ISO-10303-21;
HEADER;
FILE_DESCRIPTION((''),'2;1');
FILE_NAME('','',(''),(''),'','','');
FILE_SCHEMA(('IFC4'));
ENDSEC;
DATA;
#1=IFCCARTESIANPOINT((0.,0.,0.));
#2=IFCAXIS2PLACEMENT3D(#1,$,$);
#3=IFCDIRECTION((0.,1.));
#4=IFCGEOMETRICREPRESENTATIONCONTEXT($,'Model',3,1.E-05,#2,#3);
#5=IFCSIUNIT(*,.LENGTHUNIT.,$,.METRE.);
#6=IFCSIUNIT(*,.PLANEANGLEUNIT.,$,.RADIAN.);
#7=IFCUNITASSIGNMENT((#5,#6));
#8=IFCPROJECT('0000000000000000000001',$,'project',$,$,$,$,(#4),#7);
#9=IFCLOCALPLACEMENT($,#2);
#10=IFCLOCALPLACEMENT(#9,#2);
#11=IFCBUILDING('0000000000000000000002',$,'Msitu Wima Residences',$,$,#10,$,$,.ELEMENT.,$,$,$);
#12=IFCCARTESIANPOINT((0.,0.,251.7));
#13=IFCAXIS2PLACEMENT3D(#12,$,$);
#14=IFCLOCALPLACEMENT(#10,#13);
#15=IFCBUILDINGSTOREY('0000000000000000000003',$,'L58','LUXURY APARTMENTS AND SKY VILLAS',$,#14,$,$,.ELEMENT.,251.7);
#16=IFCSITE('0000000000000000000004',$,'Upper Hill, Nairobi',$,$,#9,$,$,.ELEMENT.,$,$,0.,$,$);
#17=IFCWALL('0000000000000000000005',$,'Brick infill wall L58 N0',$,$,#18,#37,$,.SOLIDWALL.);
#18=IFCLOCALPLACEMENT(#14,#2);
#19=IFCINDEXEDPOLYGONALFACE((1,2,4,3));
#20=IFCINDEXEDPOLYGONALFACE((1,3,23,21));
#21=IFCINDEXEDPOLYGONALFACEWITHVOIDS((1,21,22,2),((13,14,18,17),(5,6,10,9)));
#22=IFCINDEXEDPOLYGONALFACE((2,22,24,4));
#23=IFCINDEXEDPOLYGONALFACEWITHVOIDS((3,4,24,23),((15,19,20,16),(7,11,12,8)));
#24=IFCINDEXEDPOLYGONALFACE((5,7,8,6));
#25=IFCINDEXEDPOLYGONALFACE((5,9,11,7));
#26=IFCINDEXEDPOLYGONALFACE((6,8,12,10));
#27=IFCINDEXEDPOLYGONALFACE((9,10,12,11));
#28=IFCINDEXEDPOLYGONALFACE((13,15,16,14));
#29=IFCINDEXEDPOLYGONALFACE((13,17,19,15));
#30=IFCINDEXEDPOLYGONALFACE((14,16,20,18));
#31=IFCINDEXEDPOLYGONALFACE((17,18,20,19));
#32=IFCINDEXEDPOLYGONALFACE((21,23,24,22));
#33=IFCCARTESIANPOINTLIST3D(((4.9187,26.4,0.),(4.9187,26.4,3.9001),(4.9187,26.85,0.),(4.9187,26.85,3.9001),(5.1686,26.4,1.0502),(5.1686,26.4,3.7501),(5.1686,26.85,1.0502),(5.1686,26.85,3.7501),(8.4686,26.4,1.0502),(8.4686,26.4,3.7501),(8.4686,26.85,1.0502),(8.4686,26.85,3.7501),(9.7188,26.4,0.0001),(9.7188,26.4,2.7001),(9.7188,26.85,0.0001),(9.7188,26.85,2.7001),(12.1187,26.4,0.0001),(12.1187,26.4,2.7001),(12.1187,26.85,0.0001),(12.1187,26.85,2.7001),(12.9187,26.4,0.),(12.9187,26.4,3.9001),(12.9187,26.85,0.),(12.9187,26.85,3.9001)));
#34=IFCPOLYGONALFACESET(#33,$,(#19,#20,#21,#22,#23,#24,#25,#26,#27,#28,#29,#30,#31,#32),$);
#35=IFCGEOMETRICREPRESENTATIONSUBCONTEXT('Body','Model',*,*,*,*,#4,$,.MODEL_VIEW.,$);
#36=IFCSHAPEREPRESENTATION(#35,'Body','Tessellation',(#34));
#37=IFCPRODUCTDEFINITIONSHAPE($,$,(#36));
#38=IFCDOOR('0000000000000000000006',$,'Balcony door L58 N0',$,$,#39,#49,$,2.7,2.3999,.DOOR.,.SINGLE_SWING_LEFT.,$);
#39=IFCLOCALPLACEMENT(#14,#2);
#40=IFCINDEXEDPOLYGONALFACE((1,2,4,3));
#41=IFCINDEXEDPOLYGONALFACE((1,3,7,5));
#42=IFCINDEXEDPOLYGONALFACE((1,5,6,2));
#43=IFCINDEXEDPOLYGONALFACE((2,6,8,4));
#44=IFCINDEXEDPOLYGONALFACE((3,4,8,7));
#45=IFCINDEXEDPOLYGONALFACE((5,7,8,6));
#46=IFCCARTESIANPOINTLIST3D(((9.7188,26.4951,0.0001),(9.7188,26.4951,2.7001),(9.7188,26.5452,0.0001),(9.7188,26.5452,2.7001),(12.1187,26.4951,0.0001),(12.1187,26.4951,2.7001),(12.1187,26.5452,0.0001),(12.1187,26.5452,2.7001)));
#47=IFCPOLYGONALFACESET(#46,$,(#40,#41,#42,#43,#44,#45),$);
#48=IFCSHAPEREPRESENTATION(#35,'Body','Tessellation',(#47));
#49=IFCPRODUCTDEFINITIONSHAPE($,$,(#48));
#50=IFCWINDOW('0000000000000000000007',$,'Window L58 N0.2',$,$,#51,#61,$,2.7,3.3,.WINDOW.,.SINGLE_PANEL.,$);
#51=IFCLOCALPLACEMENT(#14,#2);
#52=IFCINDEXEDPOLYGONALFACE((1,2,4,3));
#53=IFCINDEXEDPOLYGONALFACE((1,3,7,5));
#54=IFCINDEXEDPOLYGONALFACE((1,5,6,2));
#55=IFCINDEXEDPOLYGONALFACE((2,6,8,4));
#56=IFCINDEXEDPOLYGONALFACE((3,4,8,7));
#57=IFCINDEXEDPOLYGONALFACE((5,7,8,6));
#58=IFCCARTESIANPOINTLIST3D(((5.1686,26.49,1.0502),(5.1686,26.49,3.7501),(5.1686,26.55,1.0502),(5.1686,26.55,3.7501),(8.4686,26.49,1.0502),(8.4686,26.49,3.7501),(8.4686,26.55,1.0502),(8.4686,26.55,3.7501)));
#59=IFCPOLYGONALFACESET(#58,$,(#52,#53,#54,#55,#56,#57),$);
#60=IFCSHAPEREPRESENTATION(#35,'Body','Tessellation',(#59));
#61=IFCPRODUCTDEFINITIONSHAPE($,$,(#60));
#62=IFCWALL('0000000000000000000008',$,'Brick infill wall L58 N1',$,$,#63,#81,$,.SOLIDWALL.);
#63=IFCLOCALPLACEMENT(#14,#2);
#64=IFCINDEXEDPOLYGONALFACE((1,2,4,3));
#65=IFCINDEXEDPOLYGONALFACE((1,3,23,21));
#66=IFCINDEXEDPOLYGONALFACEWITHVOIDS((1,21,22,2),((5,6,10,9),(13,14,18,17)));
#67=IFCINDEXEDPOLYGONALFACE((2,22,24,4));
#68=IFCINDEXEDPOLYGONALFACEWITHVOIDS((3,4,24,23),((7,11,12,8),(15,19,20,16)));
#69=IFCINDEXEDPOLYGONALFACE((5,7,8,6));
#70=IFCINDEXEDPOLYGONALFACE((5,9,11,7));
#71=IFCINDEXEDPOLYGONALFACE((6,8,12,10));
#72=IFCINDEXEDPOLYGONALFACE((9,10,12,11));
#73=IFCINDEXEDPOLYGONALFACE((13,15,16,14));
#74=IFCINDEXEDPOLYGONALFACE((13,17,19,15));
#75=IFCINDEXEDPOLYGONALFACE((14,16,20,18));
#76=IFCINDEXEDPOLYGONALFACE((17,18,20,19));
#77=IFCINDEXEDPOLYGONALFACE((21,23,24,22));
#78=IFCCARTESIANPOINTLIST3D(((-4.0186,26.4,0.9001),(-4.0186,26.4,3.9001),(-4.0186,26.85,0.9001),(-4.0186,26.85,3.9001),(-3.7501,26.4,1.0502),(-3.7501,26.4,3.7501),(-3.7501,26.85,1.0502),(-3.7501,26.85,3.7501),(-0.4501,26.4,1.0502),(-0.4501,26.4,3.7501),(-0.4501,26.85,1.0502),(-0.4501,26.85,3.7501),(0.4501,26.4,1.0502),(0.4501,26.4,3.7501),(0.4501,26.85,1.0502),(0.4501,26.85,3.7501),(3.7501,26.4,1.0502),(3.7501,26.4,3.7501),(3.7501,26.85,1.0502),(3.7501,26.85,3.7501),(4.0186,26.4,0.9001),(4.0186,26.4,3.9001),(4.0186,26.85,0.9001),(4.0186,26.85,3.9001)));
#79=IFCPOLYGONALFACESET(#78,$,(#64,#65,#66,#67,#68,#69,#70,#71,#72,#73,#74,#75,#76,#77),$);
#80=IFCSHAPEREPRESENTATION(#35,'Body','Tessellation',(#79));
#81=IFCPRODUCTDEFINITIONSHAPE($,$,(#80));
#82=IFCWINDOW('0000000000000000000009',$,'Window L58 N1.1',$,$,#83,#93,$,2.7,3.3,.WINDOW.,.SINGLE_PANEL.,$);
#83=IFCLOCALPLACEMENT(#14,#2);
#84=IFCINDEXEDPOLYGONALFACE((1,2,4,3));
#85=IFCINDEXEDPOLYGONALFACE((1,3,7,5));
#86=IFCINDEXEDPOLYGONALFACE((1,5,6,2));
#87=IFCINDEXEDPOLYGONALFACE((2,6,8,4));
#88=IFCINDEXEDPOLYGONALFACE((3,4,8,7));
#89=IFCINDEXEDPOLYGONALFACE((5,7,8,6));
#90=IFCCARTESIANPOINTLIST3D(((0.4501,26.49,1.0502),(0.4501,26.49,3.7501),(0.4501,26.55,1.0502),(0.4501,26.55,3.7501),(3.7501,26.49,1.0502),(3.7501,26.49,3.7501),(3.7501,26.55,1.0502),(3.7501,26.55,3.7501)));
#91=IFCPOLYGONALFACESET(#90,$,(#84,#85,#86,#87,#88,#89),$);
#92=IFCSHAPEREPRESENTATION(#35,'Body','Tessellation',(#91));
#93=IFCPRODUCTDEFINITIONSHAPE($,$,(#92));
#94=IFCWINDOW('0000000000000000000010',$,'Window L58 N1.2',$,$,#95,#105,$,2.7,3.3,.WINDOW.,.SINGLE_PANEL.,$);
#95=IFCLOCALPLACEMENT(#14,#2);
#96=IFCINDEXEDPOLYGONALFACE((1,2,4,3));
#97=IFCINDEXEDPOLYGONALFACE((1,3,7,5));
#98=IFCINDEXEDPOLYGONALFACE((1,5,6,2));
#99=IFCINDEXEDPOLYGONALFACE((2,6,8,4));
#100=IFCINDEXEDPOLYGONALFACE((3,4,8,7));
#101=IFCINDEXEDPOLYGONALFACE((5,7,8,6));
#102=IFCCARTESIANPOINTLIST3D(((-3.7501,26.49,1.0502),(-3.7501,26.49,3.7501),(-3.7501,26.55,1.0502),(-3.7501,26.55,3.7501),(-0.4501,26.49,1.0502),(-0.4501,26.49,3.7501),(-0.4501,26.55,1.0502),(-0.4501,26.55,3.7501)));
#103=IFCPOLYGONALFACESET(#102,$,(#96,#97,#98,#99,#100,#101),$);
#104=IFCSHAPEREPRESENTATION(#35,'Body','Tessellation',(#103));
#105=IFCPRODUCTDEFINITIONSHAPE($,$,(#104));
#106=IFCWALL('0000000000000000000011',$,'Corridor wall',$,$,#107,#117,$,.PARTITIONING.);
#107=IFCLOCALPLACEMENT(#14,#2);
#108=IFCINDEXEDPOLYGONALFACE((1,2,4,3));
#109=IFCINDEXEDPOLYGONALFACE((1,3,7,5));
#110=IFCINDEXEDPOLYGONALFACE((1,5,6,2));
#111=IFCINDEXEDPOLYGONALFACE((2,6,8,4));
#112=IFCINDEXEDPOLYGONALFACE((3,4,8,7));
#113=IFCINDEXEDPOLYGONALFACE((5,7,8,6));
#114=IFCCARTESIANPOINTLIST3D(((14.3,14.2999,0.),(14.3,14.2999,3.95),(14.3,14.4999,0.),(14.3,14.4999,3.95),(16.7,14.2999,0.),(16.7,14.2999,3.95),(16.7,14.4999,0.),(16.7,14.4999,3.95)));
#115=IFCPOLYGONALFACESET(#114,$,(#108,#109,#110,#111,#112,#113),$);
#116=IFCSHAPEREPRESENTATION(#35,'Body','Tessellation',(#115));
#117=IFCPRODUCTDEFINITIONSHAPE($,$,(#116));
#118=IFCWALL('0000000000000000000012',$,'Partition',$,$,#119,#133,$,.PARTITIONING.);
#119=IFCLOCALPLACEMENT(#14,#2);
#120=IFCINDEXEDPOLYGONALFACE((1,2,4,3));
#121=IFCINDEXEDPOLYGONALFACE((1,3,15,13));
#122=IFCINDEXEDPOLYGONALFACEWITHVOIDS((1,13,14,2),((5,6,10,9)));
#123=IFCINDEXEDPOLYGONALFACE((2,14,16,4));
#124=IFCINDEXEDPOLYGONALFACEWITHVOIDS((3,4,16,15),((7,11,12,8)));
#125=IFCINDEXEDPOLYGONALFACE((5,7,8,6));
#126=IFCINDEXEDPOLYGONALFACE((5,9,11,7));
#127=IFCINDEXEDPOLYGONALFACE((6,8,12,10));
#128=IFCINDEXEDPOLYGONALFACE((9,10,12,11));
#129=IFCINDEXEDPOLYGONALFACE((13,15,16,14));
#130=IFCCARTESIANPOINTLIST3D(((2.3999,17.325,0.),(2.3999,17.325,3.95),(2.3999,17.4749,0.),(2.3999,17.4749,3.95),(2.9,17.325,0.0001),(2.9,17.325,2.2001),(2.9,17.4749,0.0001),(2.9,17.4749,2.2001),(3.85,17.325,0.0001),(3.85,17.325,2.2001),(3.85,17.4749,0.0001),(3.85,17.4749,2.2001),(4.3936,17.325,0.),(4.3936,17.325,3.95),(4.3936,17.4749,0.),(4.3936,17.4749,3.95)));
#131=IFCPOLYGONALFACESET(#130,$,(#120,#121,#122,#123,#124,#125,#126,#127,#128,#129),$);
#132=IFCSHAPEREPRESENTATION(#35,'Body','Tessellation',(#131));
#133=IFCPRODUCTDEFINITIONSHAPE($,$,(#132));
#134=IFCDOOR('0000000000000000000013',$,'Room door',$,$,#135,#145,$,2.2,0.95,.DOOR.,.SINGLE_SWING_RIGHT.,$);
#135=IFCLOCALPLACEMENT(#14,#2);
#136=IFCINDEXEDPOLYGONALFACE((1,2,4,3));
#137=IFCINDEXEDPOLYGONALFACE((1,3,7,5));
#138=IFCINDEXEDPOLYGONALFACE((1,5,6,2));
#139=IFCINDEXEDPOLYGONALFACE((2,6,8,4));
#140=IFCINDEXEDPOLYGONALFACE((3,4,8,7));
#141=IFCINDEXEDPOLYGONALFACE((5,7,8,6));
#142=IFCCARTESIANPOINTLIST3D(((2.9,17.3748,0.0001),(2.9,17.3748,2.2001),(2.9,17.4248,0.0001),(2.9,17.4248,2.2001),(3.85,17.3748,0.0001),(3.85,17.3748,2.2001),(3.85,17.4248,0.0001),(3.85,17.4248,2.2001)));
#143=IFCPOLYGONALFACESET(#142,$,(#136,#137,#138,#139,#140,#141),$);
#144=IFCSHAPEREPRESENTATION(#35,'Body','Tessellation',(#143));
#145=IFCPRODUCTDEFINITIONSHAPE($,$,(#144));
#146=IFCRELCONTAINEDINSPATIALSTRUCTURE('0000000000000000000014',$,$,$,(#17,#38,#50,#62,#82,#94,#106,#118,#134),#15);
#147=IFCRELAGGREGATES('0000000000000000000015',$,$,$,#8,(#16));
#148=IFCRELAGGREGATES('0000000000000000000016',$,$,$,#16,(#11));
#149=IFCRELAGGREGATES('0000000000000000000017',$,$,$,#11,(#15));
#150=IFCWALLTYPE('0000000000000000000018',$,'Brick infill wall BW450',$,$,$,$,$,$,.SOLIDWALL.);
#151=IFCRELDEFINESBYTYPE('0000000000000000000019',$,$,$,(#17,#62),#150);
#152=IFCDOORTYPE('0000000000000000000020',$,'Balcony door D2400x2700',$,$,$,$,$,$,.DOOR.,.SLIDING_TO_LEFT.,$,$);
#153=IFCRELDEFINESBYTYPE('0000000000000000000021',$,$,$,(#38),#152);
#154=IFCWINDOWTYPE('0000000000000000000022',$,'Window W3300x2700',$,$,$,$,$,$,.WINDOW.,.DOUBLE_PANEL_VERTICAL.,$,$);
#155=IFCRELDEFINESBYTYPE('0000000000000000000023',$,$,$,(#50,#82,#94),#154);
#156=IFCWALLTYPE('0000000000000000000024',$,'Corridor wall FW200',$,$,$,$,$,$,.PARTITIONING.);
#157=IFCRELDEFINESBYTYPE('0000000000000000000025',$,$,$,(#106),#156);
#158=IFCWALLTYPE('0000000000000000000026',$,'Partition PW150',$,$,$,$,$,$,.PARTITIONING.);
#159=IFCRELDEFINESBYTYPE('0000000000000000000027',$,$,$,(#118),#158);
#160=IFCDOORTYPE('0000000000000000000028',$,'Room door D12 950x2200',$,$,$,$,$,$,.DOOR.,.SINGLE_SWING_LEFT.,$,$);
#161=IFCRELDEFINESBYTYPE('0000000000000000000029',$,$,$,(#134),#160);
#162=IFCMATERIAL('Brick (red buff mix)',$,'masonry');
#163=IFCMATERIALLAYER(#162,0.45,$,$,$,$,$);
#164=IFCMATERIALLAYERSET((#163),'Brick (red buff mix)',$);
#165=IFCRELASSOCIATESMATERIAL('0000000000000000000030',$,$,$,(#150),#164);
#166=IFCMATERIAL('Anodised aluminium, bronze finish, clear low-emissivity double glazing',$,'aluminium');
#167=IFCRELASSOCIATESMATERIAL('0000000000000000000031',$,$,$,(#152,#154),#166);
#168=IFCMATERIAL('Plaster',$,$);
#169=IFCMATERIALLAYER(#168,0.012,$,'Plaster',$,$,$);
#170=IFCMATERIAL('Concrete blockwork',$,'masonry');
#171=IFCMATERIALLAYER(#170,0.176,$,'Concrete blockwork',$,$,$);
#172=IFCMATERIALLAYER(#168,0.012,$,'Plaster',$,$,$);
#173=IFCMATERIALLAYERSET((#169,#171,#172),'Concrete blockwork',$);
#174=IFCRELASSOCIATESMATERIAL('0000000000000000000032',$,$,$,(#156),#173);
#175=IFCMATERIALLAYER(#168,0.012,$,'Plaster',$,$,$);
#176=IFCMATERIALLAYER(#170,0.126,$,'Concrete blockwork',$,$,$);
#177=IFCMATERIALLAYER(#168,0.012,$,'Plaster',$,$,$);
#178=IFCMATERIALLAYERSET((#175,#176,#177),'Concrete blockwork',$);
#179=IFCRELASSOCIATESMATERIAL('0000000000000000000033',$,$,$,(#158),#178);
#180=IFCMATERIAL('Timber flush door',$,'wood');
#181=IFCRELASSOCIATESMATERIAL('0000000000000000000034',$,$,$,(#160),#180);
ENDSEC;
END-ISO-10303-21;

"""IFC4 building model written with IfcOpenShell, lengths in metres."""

from ifc_helpers import new_model, si_unit, direction, frame, frame_2d, origin, place, context, subcontext, project, spatial, rectangle, extrude, material, layer, layer_set, type_object, element, fill, save


model = new_model("IFC4")

# Units and contexts
model_context = context("Model", 3, precision=1e-05, world=origin(), true_north=direction((0.0, 1.0)))
body_context = subcontext(model_context, "Body", "Model", "MODEL_VIEW")
ifc_project = project(units=[si_unit("LENGTHUNIT", "METRE"), si_unit("PLANEANGLEUNIT", "RADIAN")], contexts=[model_context])

# Site, building, storey
site_placement = place(None, origin())
site = spatial("IfcSite", under=ifc_project, at=site_placement, Name="Upper Hill, Nairobi", CompositionType="ELEMENT", RefElevation=0.0)
building_placement = place(site_placement, origin())
building = spatial("IfcBuilding", under=site, at=building_placement, Name="Msitu Wima Residences", CompositionType="ELEMENT")
storey_placement = place(building_placement, frame((0.0, 0.0, 251.7)))
storey = spatial("IfcBuildingStorey", under=building, at=storey_placement, Name="L58", Description="LUXURY APARTMENTS AND SKY VILLAS", CompositionType="ELEMENT", Elevation=251.7)

# Wall, openings, door, window
ifc_material_1 = material(Name="Brick (red buff mix)", Category="masonry")
ifc_layer_1 = layer(ifc_material_1, 0.45)
ifc_layer_set_1 = layer_set([ifc_layer_1], Name="Brick (red buff mix)")
wall_type_1 = type_object("IfcWallType", Name="Brick infill wall BW450", PredefinedType="SOLIDWALL", material=ifc_layer_set_1)
wall_1_placement = place(storey_placement, frame((12.9187, 26.625, 0.0), z_axis=(0.0, 0.0, 1.0), x_axis=(-1.0, 0.0, 0.0)))
wall_1 = element("IfcWall", 1, at=wall_1_placement, inside=storey, type_object=wall_type_1, Name="Brick infill wall L58 N0", PredefinedType="SOLIDWALL", context=body_context, shape_type="SweptSolid", body=[
    extrude(rectangle(XDim=8.0, YDim=0.45, at=frame_2d((4.0, 0.0))), origin(), (0.0, 0.0, 1.0), 3.9001),
])
opening_1_placement = place(wall_1_placement, frame((0.8, 0.0, 0.0)))
opening_1 = element("IfcOpeningElement", 2, at=opening_1_placement, cuts=wall_1, PredefinedType="OPENING", context=body_context, shape_type="SweptSolid", body=[
    extrude(rectangle(XDim=2.3999, YDim=2.7, at=frame_2d((1.2, 1.3501))), frame((0.0, 0.2349, 0.0), z_axis=(0.0, -1.0, 0.0), x_axis=(1.0, 0.0, 0.0)), (0.0, 0.0, 1.0), 0.47),
])
opening_2_placement = place(wall_1_placement, frame((4.4502, 0.0, 1.05)))
opening_2 = element("IfcOpeningElement", 3, at=opening_2_placement, cuts=wall_1, PredefinedType="OPENING", context=body_context, shape_type="SweptSolid", body=[
    extrude(rectangle(XDim=3.3, YDim=2.7, at=frame_2d((1.6499, 1.3501))), frame((0.0, 0.2349, 0.0), z_axis=(0.0, -1.0, 0.0), x_axis=(1.0, 0.0, 0.0)), (0.0, 0.0, 1.0), 0.47),
])
ifc_material_2 = material(Name="Anodised aluminium, bronze finish, clear low-emissivity double glazing", Category="aluminium")
door_type_1 = type_object("IfcDoorType", Name="Balcony door D2400x2700", OperationType="SLIDING_TO_LEFT", PredefinedType="DOOR", material=ifc_material_2)
door_1_placement = place(opening_1_placement, origin())
door_1 = element("IfcDoor", 4, at=door_1_placement, inside=storey, type_object=door_type_1, Name="Balcony door L58 N0", OperationType="SINGLE_SWING_LEFT", OverallHeight=2.7, OverallWidth=2.3999, PredefinedType="DOOR", context=body_context, shape_type="SweptSolid", body=[
    extrude(rectangle(XDim=2.3999, YDim=2.7, at=frame_2d((1.2, 1.3501))), frame((0.0, 0.1299, 0.0), z_axis=(0.0, -1.0, 0.0), x_axis=(1.0, 0.0, 0.0)), (0.0, 0.0, 1.0), 0.05),
])
fill(opening_1, door_1)
window_type = type_object("IfcWindowType", Name="Window W3300x2700", PartitioningType="DOUBLE_PANEL_VERTICAL", PredefinedType="WINDOW", material=ifc_material_2)
window_1_placement = place(opening_2_placement, origin())
window_1 = element("IfcWindow", 5, at=window_1_placement, inside=storey, type_object=window_type, Name="Window L58 N0.2", OverallHeight=2.7, OverallWidth=3.3, PartitioningType="SINGLE_PANEL", PredefinedType="WINDOW", context=body_context, shape_type="SweptSolid", body=[
    extrude(rectangle(XDim=3.3, YDim=2.7, at=frame_2d((1.6499, 1.3501))), frame((0.0, 0.135, 0.0), z_axis=(0.0, -1.0, 0.0), x_axis=(1.0, 0.0, 0.0)), (0.0, 0.0, 1.0), 0.0601),
])
fill(opening_2, window_1)

# Wall, openings, windows
wall_2_placement = place(storey_placement, frame((4.0186, 26.625, 0.9001), z_axis=(0.0, 0.0, 1.0), x_axis=(-1.0, 0.0, 0.0)))
wall_2 = element("IfcWall", 6, at=wall_2_placement, inside=storey, type_object=wall_type_1, Name="Brick infill wall L58 N1", PredefinedType="SOLIDWALL", context=body_context, shape_type="SweptSolid", body=[
    extrude(rectangle(XDim=8.0371, YDim=0.45, at=frame_2d((4.0186, 0.0))), origin(), (0.0, 0.0, 1.0), 3.0),
])
opening_3_placement = place(wall_2_placement, frame((0.2686, 0.0, 0.1499)))
opening_3 = element("IfcOpeningElement", 7, at=opening_3_placement, cuts=wall_2, PredefinedType="OPENING", context=body_context, shape_type="SweptSolid", body=[
    extrude(rectangle(XDim=3.3, YDim=2.7, at=frame_2d((1.6499, 1.3501))), frame((0.0, 0.2349, 0.0), z_axis=(0.0, -1.0, 0.0), x_axis=(1.0, 0.0, 0.0)), (0.0, 0.0, 1.0), 0.47),
])
opening_4_placement = place(wall_2_placement, frame((4.4688, 0.0, 0.1499)))
opening_4 = element("IfcOpeningElement", 8, at=opening_4_placement, cuts=wall_2, PredefinedType="OPENING", context=body_context, shape_type="SweptSolid", body=[
    extrude(rectangle(XDim=3.3, YDim=2.7, at=frame_2d((1.6499, 1.3501))), frame((0.0, 0.2349, 0.0), z_axis=(0.0, -1.0, 0.0), x_axis=(1.0, 0.0, 0.0)), (0.0, 0.0, 1.0), 0.47),
])
window_2_placement = place(opening_3_placement, origin())
window_2 = element("IfcWindow", 9, at=window_2_placement, inside=storey, type_object=window_type, Name="Window L58 N1.1", OverallHeight=2.7, OverallWidth=3.3, PartitioningType="SINGLE_PANEL", PredefinedType="WINDOW", context=body_context, shape_type="SweptSolid", body=[
    extrude(rectangle(XDim=3.3, YDim=2.7, at=frame_2d((1.6499, 1.3501))), frame((0.0, 0.135, 0.0), z_axis=(0.0, -1.0, 0.0), x_axis=(1.0, 0.0, 0.0)), (0.0, 0.0, 1.0), 0.0601),
])
fill(opening_3, window_2)
window_3_placement = place(opening_4_placement, origin())
window_3 = element("IfcWindow", 10, at=window_3_placement, inside=storey, type_object=window_type, Name="Window L58 N1.2", OverallHeight=2.7, OverallWidth=3.3, PartitioningType="SINGLE_PANEL", PredefinedType="WINDOW", context=body_context, shape_type="SweptSolid", body=[
    extrude(rectangle(XDim=3.3, YDim=2.7, at=frame_2d((1.6499, 1.3501))), frame((0.0, 0.135, 0.0), z_axis=(0.0, -1.0, 0.0), x_axis=(1.0, 0.0, 0.0)), (0.0, 0.0, 1.0), 0.0601),
])
fill(opening_4, window_3)

# Wall
ifc_material_3 = material(Name="Plaster")
ifc_layer_2 = layer(ifc_material_3, 0.012, Name="Plaster")
ifc_material_4 = material(Name="Concrete blockwork", Category="masonry")
ifc_layer_3 = layer(ifc_material_4, 0.176, Name="Concrete blockwork")
ifc_layer_4 = layer(ifc_material_3, 0.012, Name="Plaster")
ifc_layer_set_2 = layer_set([ifc_layer_2, ifc_layer_3, ifc_layer_4], Name="Concrete blockwork")
wall_type_2 = type_object("IfcWallType", Name="Corridor wall FW200", PredefinedType="PARTITIONING", material=ifc_layer_set_2)
wall_3_placement = place(storey_placement, frame((14.3, 14.3999, 0.0), z_axis=(0.0, 0.0, 1.0), x_axis=(1.0, 0.0, 0.0)))
element("IfcWall", 11, at=wall_3_placement, inside=storey, type_object=wall_type_2, Name="Corridor wall", PredefinedType="PARTITIONING", context=body_context, shape_type="SweptSolid", body=[
    extrude(rectangle(XDim=2.3999, YDim=0.2, at=frame_2d((1.2, 0.0))), origin(), (0.0, 0.0, 1.0), 3.95),
])

# Wall, opening, door
ifc_layer_5 = layer(ifc_material_3, 0.012, Name="Plaster")
ifc_layer_6 = layer(ifc_material_4, 0.126, Name="Concrete blockwork")
ifc_layer_7 = layer(ifc_material_3, 0.012, Name="Plaster")
ifc_layer_set_3 = layer_set([ifc_layer_5, ifc_layer_6, ifc_layer_7], Name="Concrete blockwork")
wall_type_3 = type_object("IfcWallType", Name="Partition PW150", PredefinedType="PARTITIONING", material=ifc_layer_set_3)
wall_4_placement = place(storey_placement, frame((2.3999, 17.3999, 0.0), z_axis=(0.0, 0.0, 1.0), x_axis=(1.0, 0.0, 0.0)))
wall_4 = element("IfcWall", 12, at=wall_4_placement, inside=storey, type_object=wall_type_3, Name="Partition", PredefinedType="PARTITIONING", context=body_context, shape_type="SweptSolid", body=[
    extrude(rectangle(XDim=1.9937, YDim=0.1499, at=frame_2d((0.9968, 0.0))), origin(), (0.0, 0.0, 1.0), 3.95),
])
opening_5_placement = place(wall_4_placement, frame((0.5, 0.0, 0.0)))
opening_5 = element("IfcOpeningElement", 13, at=opening_5_placement, cuts=wall_4, PredefinedType="OPENING", context=body_context, shape_type="SweptSolid", body=[
    extrude(rectangle(XDim=0.95, YDim=2.2, at=frame_2d((0.4751, 1.1001))), frame((0.0, 0.085, 0.0), z_axis=(0.0, -1.0, 0.0), x_axis=(1.0, 0.0, 0.0)), (0.0, 0.0, 1.0), 0.1699),
])
ifc_material_5 = material(Name="Timber flush door", Category="wood")
door_type_2 = type_object("IfcDoorType", Name="Room door D12 950x2200", OperationType="SINGLE_SWING_LEFT", PredefinedType="DOOR", material=ifc_material_5)
door_2_placement = place(opening_5_placement, origin())
door_2 = element("IfcDoor", 14, at=door_2_placement, inside=storey, type_object=door_type_2, Name="Room door", OperationType="SINGLE_SWING_RIGHT", OverallHeight=2.2, OverallWidth=0.95, PredefinedType="DOOR", context=body_context, shape_type="SweptSolid", body=[
    extrude(rectangle(XDim=0.95, YDim=2.2, at=frame_2d((0.4751, 1.1001))), frame((0.0, 0.0249, 0.0), z_axis=(0.0, -1.0, 0.0), x_axis=(1.0, 0.0, 0.0)), (0.0, 0.0, 1.0), 0.05),
])
fill(opening_5, door_2)

save(model, "model.ifc")
